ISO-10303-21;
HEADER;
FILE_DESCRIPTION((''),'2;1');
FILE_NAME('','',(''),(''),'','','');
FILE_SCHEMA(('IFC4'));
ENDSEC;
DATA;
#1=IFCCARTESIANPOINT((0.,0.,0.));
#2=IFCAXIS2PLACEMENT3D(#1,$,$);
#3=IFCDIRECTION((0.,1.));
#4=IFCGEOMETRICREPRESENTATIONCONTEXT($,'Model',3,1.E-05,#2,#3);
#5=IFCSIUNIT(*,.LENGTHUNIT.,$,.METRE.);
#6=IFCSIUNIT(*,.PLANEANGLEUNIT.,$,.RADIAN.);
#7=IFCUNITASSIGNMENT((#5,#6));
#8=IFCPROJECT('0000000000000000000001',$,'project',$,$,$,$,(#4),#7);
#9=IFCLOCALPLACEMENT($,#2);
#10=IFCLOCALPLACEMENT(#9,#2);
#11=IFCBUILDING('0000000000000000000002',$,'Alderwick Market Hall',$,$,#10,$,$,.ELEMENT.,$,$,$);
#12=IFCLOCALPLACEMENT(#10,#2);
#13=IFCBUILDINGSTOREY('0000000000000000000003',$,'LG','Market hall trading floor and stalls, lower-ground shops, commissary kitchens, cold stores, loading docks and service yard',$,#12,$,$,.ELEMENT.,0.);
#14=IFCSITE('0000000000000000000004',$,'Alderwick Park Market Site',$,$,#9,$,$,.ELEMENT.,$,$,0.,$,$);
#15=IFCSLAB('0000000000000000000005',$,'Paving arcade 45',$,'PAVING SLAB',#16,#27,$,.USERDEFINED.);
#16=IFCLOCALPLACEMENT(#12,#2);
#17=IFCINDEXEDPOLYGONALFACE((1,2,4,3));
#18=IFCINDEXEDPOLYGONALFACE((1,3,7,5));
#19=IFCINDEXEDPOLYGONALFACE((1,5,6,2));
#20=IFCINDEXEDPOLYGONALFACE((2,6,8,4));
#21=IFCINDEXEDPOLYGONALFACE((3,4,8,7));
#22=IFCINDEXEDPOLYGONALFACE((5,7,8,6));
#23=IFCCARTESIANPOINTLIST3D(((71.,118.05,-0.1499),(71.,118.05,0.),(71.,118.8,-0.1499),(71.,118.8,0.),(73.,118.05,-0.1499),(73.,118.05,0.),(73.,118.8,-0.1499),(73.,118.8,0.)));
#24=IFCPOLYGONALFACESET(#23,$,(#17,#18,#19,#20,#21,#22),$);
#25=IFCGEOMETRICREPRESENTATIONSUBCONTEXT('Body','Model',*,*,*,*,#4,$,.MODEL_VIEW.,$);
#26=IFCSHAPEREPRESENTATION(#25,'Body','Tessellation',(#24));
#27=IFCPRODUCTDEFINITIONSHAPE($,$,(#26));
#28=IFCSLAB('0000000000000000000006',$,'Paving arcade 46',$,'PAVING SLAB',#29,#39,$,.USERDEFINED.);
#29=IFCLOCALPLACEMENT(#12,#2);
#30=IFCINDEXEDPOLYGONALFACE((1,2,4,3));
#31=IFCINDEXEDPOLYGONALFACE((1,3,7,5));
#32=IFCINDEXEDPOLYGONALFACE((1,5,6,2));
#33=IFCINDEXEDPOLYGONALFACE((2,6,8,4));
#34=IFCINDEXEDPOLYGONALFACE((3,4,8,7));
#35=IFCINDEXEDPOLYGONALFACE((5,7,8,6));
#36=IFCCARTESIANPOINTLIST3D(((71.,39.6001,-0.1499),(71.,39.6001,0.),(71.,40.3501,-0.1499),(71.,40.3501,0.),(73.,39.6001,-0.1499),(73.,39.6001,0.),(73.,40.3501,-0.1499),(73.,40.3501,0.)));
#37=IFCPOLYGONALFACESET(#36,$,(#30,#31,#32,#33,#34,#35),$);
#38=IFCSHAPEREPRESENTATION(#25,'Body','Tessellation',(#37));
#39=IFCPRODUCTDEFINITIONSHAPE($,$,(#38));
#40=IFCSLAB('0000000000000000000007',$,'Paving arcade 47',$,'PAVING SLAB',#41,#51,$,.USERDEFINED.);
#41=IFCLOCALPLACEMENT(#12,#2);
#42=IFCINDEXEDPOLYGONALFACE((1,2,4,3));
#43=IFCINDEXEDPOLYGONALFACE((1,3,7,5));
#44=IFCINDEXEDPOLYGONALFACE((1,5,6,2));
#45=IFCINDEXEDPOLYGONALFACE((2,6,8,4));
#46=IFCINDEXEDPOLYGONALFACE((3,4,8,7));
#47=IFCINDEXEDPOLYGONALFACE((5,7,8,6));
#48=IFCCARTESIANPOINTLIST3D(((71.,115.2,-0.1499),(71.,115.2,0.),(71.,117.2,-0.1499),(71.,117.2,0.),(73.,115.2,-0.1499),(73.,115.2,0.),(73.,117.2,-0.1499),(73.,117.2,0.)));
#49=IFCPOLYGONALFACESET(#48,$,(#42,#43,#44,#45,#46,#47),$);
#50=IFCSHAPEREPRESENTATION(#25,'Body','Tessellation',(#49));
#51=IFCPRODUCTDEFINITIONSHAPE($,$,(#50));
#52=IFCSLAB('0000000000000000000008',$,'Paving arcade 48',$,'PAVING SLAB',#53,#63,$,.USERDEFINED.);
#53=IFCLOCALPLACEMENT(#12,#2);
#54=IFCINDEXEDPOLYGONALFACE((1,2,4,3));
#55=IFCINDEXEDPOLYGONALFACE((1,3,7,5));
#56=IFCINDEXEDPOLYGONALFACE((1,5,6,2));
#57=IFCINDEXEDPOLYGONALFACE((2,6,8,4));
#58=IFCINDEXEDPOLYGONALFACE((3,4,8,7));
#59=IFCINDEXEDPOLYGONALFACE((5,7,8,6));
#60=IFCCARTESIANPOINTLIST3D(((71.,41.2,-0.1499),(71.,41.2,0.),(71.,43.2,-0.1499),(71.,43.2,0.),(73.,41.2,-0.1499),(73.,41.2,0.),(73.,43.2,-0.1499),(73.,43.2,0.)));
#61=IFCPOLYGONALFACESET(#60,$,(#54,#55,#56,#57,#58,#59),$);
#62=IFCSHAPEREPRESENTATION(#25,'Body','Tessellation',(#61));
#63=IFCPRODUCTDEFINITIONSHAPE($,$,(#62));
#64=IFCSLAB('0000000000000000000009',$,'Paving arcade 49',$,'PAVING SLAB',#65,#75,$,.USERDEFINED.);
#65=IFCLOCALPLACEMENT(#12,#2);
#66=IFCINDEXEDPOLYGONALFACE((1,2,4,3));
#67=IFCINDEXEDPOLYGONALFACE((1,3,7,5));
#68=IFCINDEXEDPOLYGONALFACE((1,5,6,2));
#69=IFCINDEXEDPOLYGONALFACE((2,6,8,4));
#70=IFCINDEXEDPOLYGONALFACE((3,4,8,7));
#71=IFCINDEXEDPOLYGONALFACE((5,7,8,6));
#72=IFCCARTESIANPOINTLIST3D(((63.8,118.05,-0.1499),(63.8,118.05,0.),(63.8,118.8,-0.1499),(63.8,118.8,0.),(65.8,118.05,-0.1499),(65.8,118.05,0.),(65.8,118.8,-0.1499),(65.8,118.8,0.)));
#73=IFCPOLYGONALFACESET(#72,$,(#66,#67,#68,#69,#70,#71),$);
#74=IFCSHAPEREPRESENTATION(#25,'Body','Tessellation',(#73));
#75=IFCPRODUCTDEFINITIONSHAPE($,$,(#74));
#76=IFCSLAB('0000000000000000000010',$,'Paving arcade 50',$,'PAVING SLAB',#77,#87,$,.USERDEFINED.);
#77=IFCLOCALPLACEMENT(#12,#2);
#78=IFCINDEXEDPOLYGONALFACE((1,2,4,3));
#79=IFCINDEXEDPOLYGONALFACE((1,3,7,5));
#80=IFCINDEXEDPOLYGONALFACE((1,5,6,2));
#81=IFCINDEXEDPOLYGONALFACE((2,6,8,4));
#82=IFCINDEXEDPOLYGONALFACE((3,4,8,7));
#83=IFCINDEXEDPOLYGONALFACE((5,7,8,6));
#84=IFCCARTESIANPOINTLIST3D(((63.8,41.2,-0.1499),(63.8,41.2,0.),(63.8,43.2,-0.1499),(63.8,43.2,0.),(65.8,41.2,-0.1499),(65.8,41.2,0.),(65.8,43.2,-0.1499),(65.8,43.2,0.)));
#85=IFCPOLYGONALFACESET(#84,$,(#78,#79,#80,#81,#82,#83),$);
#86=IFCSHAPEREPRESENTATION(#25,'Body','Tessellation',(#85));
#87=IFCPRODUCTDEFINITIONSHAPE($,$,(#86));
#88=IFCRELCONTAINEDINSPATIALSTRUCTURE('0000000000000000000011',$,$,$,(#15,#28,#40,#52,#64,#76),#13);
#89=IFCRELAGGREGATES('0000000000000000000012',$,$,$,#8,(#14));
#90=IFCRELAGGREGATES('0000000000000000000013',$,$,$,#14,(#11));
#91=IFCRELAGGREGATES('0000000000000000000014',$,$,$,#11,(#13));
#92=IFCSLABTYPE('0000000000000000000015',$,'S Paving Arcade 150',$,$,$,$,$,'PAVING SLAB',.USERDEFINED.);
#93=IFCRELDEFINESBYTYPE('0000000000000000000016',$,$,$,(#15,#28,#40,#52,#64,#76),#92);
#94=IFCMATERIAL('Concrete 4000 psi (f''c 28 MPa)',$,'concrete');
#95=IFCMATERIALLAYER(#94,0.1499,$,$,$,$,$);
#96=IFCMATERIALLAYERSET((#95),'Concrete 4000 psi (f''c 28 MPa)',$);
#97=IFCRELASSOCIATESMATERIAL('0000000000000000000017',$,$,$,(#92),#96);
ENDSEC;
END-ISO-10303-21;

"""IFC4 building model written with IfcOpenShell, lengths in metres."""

from ifc_helpers import new_model, si_unit, direction, frame, origin, place, context, subcontext, project, spatial, polyline, outline, extrude, material, layer, layer_set, type_object, element, save


model = new_model("IFC4")

# Units and contexts
model_context = context("Model", 3, precision=1e-05, world=origin(), true_north=direction((0.0, 1.0)))
body_context = subcontext(model_context, "Body", "Model", "MODEL_VIEW")
ifc_project = project(units=[si_unit("LENGTHUNIT", "METRE"), si_unit("PLANEANGLEUNIT", "RADIAN")], contexts=[model_context])

# Site, building, storey
site_placement = place(None, origin())
site = spatial("IfcSite", under=ifc_project, at=site_placement, Name="Alderwick Park Market Site", CompositionType="ELEMENT", RefElevation=0.0)
building_placement = place(site_placement, origin())
building = spatial("IfcBuilding", under=site, at=building_placement, Name="Alderwick Market Hall", CompositionType="ELEMENT")
storey_placement = place(building_placement, origin())
storey = spatial("IfcBuildingStorey", under=building, at=storey_placement, Name="LG", Description="Market hall trading floor and stalls, lower-ground shops, commissary kitchens, cold stores, loading docks and service yard", CompositionType="ELEMENT", Elevation=0.0)

# Slabs
ifc_material = material(Name="Concrete 4000 psi (f'c 28 MPa)", Category="concrete")
ifc_layer = layer(ifc_material, 0.1499)
ifc_layer_set = layer_set([ifc_layer], Name="Concrete 4000 psi (f'c 28 MPa)")
slab_type = type_object("IfcSlabType", Name="S Paving Arcade 150", ElementType="PAVING SLAB", PredefinedType="USERDEFINED", material=ifc_layer_set)
slab_1_placement = place(storey_placement, frame((0.0, 0.0, -0.1499)))
element("IfcSlab", 1, at=slab_1_placement, inside=storey, type_object=slab_type, Name="Paving arcade 45", ObjectType="PAVING SLAB", PredefinedType="USERDEFINED", context=body_context, shape_type="SweptSolid", body=[
    extrude(outline(polyline([(71.0, 118.8), (71.0, 118.05), (73.0, 118.05), (73.0, 118.8), (71.0, 118.8)])), origin(), (0.0, 0.0, 1.0), 0.1499),
])
slab_2_placement = place(storey_placement, frame((0.0, 0.0, -0.1499)))
element("IfcSlab", 2, at=slab_2_placement, inside=storey, type_object=slab_type, Name="Paving arcade 46", ObjectType="PAVING SLAB", PredefinedType="USERDEFINED", context=body_context, shape_type="SweptSolid", body=[
    extrude(outline(polyline([(73.0, 39.6001), (73.0, 40.3501), (71.0, 40.3501), (71.0, 39.6001), (73.0, 39.6001)])), origin(), (0.0, 0.0, 1.0), 0.1499),
])
slab_3_placement = place(storey_placement, frame((0.0, 0.0, -0.1499)))
element("IfcSlab", 3, at=slab_3_placement, inside=storey, type_object=slab_type, Name="Paving arcade 47", ObjectType="PAVING SLAB", PredefinedType="USERDEFINED", context=body_context, shape_type="SweptSolid", body=[
    extrude(outline(polyline([(73.0, 115.2), (73.0, 117.2), (71.0, 117.2), (71.0, 115.2), (73.0, 115.2)])), origin(), (0.0, 0.0, 1.0), 0.1499),
])
slab_4_placement = place(storey_placement, frame((0.0, 0.0, -0.1499)))
element("IfcSlab", 4, at=slab_4_placement, inside=storey, type_object=slab_type, Name="Paving arcade 48", ObjectType="PAVING SLAB", PredefinedType="USERDEFINED", context=body_context, shape_type="SweptSolid", body=[
    extrude(outline(polyline([(71.0, 43.2), (71.0, 41.2), (73.0, 41.2), (73.0, 43.2), (71.0, 43.2)])), origin(), (0.0, 0.0, 1.0), 0.1499),
])
slab_5_placement = place(storey_placement, frame((0.0, 0.0, -0.1499)))
element("IfcSlab", 5, at=slab_5_placement, inside=storey, type_object=slab_type, Name="Paving arcade 49", ObjectType="PAVING SLAB", PredefinedType="USERDEFINED", context=body_context, shape_type="SweptSolid", body=[
    extrude(outline(polyline([(63.8, 118.8), (63.8, 118.05), (65.8, 118.05), (65.8, 118.8), (63.8, 118.8)])), origin(), (0.0, 0.0, 1.0), 0.1499),
])
slab_6_placement = place(storey_placement, frame((0.0, 0.0, -0.1499)))
element("IfcSlab", 6, at=slab_6_placement, inside=storey, type_object=slab_type, Name="Paving arcade 50", ObjectType="PAVING SLAB", PredefinedType="USERDEFINED", context=body_context, shape_type="SweptSolid", body=[
    extrude(outline(polyline([(63.8, 43.2), (63.8, 41.2), (65.8, 41.2), (65.8, 43.2), (63.8, 43.2)])), origin(), (0.0, 0.0, 1.0), 0.1499),
])

save(model, "model.ifc")
